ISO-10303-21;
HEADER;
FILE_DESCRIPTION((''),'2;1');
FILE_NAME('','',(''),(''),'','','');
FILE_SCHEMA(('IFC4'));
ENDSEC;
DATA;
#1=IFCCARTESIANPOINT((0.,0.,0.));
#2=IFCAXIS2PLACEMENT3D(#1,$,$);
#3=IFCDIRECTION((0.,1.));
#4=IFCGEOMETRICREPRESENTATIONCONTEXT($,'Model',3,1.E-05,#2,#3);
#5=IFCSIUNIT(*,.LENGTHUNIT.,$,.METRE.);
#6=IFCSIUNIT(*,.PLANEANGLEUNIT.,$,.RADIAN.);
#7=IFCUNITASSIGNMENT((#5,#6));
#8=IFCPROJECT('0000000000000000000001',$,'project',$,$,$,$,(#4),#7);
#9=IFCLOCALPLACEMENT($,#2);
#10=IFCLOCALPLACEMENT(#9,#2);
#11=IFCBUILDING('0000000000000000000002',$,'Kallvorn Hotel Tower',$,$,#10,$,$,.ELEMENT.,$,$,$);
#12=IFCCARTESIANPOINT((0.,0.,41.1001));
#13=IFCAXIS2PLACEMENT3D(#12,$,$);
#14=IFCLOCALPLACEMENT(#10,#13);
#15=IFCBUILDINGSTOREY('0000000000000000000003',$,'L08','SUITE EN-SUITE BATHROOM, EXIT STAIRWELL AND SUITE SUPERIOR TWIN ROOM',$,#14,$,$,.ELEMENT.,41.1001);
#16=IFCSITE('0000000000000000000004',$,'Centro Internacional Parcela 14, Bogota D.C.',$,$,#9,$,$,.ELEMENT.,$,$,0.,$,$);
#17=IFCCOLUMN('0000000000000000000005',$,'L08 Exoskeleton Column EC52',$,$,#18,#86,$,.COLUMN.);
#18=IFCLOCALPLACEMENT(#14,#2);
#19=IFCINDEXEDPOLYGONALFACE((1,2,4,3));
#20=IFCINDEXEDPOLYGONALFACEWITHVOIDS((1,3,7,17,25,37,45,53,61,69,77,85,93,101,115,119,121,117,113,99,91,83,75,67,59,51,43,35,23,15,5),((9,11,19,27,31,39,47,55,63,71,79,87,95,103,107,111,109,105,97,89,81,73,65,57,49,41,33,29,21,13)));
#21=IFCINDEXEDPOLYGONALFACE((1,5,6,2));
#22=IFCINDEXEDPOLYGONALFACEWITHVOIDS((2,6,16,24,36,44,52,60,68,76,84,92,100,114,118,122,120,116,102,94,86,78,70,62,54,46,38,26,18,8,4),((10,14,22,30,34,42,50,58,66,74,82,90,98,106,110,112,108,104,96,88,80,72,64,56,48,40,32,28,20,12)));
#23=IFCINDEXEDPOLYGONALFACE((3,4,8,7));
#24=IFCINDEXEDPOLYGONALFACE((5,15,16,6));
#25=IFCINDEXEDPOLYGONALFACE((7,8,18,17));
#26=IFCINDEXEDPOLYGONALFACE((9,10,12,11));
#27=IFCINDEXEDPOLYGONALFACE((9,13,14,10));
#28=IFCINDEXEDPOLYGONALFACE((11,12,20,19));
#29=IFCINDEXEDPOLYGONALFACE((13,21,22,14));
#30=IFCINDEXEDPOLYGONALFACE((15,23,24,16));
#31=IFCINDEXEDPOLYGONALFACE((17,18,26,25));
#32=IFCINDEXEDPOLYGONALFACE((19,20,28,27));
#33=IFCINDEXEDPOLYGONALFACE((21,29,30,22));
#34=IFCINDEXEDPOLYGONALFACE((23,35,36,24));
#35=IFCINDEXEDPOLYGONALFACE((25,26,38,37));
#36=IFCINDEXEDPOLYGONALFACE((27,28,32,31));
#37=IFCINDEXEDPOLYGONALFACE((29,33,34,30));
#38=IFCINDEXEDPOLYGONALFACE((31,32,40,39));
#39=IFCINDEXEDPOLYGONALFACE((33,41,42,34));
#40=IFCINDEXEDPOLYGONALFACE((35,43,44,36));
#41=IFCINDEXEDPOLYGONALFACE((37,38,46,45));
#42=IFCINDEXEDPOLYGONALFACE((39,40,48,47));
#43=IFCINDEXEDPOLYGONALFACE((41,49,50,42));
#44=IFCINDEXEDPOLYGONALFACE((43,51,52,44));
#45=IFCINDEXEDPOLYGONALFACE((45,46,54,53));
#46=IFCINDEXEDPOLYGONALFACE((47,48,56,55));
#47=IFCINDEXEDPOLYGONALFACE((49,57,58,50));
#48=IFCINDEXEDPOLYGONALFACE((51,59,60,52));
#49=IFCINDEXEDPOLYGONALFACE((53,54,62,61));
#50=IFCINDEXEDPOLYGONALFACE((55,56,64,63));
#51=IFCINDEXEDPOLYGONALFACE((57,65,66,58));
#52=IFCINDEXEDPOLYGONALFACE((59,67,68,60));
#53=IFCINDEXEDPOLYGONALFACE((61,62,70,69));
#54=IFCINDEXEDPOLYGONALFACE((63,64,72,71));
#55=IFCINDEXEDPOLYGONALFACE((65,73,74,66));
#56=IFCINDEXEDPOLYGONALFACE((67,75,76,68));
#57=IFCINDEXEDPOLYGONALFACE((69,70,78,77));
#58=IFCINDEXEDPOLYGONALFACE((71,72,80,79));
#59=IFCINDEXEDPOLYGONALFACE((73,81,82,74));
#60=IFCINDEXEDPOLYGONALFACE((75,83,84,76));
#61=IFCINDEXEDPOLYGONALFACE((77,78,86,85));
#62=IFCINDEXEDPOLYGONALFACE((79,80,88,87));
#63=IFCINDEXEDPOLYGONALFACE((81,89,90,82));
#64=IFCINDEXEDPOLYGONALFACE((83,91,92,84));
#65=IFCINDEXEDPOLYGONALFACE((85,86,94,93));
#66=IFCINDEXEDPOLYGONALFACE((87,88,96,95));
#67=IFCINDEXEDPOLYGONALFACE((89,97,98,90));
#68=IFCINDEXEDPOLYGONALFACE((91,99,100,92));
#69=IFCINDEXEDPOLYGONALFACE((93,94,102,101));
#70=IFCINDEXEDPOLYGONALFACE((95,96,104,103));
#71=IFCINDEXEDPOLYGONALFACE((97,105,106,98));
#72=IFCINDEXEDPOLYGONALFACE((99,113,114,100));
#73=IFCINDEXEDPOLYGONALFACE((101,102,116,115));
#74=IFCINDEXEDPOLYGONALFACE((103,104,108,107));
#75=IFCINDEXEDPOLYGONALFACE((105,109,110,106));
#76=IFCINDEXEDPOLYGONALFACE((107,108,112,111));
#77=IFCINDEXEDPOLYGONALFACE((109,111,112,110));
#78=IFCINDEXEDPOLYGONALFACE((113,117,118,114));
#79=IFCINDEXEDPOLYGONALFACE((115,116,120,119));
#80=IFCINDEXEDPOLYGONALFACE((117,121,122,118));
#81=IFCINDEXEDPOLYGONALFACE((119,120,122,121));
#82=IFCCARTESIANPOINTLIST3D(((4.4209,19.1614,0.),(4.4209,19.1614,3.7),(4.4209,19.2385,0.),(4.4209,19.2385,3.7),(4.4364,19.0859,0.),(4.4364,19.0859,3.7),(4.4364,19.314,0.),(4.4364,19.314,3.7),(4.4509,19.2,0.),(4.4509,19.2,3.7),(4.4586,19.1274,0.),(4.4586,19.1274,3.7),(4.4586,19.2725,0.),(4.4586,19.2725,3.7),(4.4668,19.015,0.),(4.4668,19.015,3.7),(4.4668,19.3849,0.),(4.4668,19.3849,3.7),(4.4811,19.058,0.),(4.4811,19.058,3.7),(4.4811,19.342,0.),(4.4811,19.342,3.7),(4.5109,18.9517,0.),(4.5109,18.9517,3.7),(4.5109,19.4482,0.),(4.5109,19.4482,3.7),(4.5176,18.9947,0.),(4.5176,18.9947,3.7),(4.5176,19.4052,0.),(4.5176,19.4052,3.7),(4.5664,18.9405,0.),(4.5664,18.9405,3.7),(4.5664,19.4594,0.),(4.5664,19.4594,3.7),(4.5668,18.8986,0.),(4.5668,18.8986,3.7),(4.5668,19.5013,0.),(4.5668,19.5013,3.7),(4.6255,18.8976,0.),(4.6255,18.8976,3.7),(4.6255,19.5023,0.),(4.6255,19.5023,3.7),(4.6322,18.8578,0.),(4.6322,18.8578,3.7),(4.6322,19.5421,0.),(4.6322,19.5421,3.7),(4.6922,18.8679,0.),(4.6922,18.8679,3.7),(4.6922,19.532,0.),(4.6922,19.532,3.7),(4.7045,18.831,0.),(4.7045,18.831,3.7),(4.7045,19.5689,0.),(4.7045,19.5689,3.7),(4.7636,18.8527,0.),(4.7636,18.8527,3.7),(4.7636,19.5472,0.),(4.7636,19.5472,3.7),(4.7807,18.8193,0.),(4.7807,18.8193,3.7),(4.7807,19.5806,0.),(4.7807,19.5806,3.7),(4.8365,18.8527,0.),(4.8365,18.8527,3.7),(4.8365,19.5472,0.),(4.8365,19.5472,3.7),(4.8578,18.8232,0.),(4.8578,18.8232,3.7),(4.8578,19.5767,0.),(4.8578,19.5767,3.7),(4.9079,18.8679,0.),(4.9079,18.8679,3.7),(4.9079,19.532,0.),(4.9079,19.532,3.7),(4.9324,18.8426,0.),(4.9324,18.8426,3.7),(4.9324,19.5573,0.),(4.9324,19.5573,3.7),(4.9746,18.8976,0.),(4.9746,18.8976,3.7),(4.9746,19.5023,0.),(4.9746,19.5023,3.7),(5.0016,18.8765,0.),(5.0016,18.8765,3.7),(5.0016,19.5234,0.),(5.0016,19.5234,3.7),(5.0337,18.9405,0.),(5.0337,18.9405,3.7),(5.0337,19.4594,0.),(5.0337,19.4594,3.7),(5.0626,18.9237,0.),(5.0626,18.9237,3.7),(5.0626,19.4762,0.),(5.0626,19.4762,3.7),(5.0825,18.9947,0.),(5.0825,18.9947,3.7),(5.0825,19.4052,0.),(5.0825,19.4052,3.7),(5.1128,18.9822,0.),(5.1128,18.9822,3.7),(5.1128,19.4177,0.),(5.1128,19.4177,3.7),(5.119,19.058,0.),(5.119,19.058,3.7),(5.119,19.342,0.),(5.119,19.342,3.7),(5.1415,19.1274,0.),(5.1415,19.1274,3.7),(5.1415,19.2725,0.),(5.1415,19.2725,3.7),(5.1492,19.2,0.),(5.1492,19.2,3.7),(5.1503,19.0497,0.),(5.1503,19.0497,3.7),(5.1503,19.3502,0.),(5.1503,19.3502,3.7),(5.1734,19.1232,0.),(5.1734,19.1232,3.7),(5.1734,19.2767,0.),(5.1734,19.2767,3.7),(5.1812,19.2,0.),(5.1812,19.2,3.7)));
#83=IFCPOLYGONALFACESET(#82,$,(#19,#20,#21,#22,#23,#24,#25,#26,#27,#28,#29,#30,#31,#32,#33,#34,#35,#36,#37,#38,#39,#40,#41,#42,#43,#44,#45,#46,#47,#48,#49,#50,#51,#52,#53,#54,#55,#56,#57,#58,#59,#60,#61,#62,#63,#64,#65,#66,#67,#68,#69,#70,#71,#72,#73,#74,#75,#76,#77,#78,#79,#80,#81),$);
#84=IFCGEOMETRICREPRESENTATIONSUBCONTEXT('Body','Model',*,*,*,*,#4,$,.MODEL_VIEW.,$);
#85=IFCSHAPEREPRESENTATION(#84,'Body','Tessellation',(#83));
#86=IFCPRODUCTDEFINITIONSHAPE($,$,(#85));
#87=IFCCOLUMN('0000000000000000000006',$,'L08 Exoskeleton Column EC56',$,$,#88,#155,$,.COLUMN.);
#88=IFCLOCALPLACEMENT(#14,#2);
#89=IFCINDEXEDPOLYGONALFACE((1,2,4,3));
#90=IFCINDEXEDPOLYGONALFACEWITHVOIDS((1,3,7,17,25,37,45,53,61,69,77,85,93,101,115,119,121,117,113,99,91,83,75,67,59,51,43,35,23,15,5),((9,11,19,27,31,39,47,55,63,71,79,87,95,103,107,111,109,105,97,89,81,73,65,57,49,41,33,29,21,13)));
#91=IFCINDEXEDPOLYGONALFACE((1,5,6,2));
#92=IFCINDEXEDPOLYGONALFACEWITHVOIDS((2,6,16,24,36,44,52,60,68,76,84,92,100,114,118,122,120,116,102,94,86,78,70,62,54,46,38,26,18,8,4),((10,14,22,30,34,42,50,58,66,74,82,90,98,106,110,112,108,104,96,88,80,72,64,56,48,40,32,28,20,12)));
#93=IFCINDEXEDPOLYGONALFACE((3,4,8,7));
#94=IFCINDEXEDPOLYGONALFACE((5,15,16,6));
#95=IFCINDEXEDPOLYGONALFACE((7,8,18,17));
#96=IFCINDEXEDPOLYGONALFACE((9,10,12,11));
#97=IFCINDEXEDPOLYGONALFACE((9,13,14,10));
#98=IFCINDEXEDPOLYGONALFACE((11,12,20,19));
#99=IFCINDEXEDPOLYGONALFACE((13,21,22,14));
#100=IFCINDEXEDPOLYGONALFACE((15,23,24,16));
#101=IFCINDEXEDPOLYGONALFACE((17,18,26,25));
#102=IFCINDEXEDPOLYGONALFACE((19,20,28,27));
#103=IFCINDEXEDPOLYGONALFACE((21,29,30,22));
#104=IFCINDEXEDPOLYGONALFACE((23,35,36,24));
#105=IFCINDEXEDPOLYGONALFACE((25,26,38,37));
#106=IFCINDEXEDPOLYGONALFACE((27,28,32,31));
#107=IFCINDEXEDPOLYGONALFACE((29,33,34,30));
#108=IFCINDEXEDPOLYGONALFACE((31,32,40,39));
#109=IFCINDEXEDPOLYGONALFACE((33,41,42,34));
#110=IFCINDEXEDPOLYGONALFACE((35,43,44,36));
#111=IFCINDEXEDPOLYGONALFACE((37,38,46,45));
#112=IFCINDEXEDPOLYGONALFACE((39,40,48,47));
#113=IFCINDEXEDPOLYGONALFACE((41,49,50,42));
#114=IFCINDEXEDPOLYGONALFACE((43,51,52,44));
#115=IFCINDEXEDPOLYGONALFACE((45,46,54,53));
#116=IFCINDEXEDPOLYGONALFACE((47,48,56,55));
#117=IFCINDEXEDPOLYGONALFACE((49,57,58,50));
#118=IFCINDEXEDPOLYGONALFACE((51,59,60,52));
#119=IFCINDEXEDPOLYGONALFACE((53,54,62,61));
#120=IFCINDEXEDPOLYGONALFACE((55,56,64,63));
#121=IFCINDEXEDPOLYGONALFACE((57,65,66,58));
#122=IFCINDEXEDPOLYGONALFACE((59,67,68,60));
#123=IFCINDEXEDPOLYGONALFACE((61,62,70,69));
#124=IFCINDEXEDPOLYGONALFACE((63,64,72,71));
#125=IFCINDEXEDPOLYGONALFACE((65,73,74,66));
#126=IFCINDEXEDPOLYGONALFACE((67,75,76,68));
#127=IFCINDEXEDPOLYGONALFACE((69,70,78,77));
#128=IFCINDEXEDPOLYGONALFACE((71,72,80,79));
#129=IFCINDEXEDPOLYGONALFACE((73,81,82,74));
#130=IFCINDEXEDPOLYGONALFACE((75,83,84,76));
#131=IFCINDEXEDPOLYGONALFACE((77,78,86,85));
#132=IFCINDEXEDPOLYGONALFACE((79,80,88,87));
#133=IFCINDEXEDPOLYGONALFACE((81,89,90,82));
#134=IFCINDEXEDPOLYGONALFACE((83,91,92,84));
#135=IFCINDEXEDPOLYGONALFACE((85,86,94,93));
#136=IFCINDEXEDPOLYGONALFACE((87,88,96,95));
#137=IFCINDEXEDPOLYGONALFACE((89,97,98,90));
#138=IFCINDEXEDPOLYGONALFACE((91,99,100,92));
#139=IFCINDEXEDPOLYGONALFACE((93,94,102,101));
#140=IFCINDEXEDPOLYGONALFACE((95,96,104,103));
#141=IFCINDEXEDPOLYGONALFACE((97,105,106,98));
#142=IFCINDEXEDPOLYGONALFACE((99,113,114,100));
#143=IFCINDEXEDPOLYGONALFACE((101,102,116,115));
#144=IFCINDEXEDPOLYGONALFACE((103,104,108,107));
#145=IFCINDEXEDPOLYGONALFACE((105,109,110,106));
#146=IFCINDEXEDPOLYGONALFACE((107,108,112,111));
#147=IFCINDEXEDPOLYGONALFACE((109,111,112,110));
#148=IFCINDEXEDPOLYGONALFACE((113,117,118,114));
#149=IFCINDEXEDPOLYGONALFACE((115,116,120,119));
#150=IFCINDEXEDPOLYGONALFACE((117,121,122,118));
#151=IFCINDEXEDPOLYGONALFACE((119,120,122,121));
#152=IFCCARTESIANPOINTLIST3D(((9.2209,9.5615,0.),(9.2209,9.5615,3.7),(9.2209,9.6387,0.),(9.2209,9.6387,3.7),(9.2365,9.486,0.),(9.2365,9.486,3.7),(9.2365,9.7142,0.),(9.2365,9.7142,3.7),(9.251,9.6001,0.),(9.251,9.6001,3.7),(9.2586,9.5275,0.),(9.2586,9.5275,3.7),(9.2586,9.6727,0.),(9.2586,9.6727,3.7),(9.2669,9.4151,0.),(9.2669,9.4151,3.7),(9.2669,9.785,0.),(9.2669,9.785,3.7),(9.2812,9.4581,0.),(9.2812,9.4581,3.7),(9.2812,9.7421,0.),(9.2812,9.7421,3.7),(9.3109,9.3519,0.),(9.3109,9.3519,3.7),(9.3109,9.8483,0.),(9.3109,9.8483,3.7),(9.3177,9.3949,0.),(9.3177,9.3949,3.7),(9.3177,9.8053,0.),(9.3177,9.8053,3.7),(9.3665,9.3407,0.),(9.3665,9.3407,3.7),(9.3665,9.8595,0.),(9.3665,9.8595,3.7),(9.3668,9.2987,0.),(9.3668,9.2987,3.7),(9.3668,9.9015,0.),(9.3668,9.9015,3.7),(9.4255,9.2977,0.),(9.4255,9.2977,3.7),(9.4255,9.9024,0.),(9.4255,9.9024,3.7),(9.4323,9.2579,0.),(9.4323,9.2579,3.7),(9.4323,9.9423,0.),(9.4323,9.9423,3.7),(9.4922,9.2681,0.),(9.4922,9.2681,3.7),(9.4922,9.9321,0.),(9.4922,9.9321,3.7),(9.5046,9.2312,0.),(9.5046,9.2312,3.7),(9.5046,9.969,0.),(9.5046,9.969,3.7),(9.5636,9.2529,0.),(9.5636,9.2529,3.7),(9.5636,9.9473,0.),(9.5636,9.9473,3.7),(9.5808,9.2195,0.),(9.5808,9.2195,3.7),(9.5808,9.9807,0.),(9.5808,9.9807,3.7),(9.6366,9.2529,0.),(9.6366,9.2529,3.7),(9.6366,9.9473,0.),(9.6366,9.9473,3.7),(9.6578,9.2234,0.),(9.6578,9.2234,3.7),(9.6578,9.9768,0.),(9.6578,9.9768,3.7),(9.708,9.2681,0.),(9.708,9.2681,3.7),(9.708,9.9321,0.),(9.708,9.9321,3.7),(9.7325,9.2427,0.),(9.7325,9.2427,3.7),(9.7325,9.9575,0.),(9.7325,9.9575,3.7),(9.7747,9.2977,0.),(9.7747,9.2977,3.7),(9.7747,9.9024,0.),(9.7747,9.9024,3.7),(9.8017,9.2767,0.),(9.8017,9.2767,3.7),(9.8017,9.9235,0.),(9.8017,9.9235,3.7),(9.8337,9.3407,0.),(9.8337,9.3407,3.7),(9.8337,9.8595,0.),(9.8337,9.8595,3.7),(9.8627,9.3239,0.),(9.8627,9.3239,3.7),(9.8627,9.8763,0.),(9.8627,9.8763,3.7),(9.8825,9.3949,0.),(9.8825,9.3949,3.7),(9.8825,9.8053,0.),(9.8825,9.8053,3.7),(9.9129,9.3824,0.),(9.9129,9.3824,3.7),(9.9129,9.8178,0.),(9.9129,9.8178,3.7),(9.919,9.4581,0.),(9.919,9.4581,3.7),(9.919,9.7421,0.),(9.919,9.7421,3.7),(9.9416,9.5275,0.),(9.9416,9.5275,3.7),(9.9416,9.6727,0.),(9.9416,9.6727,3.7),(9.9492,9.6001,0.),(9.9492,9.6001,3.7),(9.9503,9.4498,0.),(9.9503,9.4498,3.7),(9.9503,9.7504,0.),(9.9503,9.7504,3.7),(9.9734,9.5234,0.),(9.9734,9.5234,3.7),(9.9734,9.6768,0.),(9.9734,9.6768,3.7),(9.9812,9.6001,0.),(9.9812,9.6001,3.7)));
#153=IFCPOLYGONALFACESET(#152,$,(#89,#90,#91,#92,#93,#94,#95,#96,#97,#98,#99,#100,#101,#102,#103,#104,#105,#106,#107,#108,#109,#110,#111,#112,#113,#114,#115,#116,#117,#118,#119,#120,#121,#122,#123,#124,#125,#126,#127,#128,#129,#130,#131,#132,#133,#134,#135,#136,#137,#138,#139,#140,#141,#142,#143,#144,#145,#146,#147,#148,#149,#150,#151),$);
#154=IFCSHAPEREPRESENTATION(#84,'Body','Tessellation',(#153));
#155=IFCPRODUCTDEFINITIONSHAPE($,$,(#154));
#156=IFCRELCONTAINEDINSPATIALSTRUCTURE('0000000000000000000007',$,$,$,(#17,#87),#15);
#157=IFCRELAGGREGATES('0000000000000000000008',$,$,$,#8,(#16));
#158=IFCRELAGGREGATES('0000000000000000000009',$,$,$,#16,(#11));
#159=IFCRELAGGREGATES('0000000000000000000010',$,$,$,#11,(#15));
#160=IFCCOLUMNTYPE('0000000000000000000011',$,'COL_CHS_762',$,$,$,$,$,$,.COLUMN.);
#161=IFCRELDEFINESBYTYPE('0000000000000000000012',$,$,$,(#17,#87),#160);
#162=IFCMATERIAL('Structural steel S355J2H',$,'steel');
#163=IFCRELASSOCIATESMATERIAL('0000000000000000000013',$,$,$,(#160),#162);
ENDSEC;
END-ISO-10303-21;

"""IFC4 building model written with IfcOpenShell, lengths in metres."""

from ifc_helpers import new_model, si_unit, direction, frame, origin, origin_2d, place, context, subcontext, project, spatial, hollow_circle, extrude, material, material_profile, profile_set, type_object, element, save


model = new_model("IFC4")

# Units and contexts
model_context = context("Model", 3, precision=1e-05, world=origin(), true_north=direction((0.0, 1.0)))
body_context = subcontext(model_context, "Body", "Model", "MODEL_VIEW")
ifc_project = project(units=[si_unit("LENGTHUNIT", "METRE"), si_unit("PLANEANGLEUNIT", "RADIAN")], contexts=[model_context])

# Site, building, storey
site_placement = place(None, origin())
site = spatial("IfcSite", under=ifc_project, at=site_placement, Name="Centro Internacional Parcela 14, Bogota D.C.", CompositionType="ELEMENT", RefElevation=0.0)
building_placement = place(site_placement, origin())
building = spatial("IfcBuilding", under=site, at=building_placement, Name="Kallvorn Hotel Tower", CompositionType="ELEMENT")
storey_placement = place(building_placement, frame((0.0, 0.0, 41.1001)))
storey = spatial("IfcBuildingStorey", under=building, at=storey_placement, Name="L08", Description="SUITE EN-SUITE BATHROOM, EXIT STAIRWELL AND SUITE SUPERIOR TWIN ROOM", CompositionType="ELEMENT", Elevation=41.1001)

# Columns
ifc_material_1 = material(Name="Structural steel S355J2H", Category="steel")
ifc_material_profile_1 = material_profile(ifc_material_1, hollow_circle(Radius=0.3811, WallThickness=0.032, at=origin_2d()), Name="CHS 762x32")
ifc_profile_set_1 = profile_set([ifc_material_profile_1], Name="Structural steel S355J2H")
column_type_1 = type_object("IfcColumnType", Name="COL_CHS_762", PredefinedType="COLUMN", material=ifc_profile_set_1)
for number, where, z_axis, x_axis, name in (
    (1, (4.8, 19.2, 0.0), (0.0, 0.0, 1.0), (1.0, 0.0, 0.0), "L08 Exoskeleton Column EC52"),
    (2, (9.6001, 9.6001, 0.0), (0.0, 0.0, 1.0), (1.0, 0.0, 0.0), "L08 Exoskeleton Column EC56"),
):
    element("IfcColumn", number, at=place(storey_placement, frame(where, z_axis=z_axis, x_axis=x_axis)), inside=storey, type_object=column_type_1, Name=name, PredefinedType="COLUMN", context=body_context, shape_type="SweptSolid", body=[
        extrude(hollow_circle(Radius=0.3811, WallThickness=0.032, at=origin_2d()), origin(), (0.0, 0.0, 1.0), 3.7),
    ])

save(model, "model.ifc")
